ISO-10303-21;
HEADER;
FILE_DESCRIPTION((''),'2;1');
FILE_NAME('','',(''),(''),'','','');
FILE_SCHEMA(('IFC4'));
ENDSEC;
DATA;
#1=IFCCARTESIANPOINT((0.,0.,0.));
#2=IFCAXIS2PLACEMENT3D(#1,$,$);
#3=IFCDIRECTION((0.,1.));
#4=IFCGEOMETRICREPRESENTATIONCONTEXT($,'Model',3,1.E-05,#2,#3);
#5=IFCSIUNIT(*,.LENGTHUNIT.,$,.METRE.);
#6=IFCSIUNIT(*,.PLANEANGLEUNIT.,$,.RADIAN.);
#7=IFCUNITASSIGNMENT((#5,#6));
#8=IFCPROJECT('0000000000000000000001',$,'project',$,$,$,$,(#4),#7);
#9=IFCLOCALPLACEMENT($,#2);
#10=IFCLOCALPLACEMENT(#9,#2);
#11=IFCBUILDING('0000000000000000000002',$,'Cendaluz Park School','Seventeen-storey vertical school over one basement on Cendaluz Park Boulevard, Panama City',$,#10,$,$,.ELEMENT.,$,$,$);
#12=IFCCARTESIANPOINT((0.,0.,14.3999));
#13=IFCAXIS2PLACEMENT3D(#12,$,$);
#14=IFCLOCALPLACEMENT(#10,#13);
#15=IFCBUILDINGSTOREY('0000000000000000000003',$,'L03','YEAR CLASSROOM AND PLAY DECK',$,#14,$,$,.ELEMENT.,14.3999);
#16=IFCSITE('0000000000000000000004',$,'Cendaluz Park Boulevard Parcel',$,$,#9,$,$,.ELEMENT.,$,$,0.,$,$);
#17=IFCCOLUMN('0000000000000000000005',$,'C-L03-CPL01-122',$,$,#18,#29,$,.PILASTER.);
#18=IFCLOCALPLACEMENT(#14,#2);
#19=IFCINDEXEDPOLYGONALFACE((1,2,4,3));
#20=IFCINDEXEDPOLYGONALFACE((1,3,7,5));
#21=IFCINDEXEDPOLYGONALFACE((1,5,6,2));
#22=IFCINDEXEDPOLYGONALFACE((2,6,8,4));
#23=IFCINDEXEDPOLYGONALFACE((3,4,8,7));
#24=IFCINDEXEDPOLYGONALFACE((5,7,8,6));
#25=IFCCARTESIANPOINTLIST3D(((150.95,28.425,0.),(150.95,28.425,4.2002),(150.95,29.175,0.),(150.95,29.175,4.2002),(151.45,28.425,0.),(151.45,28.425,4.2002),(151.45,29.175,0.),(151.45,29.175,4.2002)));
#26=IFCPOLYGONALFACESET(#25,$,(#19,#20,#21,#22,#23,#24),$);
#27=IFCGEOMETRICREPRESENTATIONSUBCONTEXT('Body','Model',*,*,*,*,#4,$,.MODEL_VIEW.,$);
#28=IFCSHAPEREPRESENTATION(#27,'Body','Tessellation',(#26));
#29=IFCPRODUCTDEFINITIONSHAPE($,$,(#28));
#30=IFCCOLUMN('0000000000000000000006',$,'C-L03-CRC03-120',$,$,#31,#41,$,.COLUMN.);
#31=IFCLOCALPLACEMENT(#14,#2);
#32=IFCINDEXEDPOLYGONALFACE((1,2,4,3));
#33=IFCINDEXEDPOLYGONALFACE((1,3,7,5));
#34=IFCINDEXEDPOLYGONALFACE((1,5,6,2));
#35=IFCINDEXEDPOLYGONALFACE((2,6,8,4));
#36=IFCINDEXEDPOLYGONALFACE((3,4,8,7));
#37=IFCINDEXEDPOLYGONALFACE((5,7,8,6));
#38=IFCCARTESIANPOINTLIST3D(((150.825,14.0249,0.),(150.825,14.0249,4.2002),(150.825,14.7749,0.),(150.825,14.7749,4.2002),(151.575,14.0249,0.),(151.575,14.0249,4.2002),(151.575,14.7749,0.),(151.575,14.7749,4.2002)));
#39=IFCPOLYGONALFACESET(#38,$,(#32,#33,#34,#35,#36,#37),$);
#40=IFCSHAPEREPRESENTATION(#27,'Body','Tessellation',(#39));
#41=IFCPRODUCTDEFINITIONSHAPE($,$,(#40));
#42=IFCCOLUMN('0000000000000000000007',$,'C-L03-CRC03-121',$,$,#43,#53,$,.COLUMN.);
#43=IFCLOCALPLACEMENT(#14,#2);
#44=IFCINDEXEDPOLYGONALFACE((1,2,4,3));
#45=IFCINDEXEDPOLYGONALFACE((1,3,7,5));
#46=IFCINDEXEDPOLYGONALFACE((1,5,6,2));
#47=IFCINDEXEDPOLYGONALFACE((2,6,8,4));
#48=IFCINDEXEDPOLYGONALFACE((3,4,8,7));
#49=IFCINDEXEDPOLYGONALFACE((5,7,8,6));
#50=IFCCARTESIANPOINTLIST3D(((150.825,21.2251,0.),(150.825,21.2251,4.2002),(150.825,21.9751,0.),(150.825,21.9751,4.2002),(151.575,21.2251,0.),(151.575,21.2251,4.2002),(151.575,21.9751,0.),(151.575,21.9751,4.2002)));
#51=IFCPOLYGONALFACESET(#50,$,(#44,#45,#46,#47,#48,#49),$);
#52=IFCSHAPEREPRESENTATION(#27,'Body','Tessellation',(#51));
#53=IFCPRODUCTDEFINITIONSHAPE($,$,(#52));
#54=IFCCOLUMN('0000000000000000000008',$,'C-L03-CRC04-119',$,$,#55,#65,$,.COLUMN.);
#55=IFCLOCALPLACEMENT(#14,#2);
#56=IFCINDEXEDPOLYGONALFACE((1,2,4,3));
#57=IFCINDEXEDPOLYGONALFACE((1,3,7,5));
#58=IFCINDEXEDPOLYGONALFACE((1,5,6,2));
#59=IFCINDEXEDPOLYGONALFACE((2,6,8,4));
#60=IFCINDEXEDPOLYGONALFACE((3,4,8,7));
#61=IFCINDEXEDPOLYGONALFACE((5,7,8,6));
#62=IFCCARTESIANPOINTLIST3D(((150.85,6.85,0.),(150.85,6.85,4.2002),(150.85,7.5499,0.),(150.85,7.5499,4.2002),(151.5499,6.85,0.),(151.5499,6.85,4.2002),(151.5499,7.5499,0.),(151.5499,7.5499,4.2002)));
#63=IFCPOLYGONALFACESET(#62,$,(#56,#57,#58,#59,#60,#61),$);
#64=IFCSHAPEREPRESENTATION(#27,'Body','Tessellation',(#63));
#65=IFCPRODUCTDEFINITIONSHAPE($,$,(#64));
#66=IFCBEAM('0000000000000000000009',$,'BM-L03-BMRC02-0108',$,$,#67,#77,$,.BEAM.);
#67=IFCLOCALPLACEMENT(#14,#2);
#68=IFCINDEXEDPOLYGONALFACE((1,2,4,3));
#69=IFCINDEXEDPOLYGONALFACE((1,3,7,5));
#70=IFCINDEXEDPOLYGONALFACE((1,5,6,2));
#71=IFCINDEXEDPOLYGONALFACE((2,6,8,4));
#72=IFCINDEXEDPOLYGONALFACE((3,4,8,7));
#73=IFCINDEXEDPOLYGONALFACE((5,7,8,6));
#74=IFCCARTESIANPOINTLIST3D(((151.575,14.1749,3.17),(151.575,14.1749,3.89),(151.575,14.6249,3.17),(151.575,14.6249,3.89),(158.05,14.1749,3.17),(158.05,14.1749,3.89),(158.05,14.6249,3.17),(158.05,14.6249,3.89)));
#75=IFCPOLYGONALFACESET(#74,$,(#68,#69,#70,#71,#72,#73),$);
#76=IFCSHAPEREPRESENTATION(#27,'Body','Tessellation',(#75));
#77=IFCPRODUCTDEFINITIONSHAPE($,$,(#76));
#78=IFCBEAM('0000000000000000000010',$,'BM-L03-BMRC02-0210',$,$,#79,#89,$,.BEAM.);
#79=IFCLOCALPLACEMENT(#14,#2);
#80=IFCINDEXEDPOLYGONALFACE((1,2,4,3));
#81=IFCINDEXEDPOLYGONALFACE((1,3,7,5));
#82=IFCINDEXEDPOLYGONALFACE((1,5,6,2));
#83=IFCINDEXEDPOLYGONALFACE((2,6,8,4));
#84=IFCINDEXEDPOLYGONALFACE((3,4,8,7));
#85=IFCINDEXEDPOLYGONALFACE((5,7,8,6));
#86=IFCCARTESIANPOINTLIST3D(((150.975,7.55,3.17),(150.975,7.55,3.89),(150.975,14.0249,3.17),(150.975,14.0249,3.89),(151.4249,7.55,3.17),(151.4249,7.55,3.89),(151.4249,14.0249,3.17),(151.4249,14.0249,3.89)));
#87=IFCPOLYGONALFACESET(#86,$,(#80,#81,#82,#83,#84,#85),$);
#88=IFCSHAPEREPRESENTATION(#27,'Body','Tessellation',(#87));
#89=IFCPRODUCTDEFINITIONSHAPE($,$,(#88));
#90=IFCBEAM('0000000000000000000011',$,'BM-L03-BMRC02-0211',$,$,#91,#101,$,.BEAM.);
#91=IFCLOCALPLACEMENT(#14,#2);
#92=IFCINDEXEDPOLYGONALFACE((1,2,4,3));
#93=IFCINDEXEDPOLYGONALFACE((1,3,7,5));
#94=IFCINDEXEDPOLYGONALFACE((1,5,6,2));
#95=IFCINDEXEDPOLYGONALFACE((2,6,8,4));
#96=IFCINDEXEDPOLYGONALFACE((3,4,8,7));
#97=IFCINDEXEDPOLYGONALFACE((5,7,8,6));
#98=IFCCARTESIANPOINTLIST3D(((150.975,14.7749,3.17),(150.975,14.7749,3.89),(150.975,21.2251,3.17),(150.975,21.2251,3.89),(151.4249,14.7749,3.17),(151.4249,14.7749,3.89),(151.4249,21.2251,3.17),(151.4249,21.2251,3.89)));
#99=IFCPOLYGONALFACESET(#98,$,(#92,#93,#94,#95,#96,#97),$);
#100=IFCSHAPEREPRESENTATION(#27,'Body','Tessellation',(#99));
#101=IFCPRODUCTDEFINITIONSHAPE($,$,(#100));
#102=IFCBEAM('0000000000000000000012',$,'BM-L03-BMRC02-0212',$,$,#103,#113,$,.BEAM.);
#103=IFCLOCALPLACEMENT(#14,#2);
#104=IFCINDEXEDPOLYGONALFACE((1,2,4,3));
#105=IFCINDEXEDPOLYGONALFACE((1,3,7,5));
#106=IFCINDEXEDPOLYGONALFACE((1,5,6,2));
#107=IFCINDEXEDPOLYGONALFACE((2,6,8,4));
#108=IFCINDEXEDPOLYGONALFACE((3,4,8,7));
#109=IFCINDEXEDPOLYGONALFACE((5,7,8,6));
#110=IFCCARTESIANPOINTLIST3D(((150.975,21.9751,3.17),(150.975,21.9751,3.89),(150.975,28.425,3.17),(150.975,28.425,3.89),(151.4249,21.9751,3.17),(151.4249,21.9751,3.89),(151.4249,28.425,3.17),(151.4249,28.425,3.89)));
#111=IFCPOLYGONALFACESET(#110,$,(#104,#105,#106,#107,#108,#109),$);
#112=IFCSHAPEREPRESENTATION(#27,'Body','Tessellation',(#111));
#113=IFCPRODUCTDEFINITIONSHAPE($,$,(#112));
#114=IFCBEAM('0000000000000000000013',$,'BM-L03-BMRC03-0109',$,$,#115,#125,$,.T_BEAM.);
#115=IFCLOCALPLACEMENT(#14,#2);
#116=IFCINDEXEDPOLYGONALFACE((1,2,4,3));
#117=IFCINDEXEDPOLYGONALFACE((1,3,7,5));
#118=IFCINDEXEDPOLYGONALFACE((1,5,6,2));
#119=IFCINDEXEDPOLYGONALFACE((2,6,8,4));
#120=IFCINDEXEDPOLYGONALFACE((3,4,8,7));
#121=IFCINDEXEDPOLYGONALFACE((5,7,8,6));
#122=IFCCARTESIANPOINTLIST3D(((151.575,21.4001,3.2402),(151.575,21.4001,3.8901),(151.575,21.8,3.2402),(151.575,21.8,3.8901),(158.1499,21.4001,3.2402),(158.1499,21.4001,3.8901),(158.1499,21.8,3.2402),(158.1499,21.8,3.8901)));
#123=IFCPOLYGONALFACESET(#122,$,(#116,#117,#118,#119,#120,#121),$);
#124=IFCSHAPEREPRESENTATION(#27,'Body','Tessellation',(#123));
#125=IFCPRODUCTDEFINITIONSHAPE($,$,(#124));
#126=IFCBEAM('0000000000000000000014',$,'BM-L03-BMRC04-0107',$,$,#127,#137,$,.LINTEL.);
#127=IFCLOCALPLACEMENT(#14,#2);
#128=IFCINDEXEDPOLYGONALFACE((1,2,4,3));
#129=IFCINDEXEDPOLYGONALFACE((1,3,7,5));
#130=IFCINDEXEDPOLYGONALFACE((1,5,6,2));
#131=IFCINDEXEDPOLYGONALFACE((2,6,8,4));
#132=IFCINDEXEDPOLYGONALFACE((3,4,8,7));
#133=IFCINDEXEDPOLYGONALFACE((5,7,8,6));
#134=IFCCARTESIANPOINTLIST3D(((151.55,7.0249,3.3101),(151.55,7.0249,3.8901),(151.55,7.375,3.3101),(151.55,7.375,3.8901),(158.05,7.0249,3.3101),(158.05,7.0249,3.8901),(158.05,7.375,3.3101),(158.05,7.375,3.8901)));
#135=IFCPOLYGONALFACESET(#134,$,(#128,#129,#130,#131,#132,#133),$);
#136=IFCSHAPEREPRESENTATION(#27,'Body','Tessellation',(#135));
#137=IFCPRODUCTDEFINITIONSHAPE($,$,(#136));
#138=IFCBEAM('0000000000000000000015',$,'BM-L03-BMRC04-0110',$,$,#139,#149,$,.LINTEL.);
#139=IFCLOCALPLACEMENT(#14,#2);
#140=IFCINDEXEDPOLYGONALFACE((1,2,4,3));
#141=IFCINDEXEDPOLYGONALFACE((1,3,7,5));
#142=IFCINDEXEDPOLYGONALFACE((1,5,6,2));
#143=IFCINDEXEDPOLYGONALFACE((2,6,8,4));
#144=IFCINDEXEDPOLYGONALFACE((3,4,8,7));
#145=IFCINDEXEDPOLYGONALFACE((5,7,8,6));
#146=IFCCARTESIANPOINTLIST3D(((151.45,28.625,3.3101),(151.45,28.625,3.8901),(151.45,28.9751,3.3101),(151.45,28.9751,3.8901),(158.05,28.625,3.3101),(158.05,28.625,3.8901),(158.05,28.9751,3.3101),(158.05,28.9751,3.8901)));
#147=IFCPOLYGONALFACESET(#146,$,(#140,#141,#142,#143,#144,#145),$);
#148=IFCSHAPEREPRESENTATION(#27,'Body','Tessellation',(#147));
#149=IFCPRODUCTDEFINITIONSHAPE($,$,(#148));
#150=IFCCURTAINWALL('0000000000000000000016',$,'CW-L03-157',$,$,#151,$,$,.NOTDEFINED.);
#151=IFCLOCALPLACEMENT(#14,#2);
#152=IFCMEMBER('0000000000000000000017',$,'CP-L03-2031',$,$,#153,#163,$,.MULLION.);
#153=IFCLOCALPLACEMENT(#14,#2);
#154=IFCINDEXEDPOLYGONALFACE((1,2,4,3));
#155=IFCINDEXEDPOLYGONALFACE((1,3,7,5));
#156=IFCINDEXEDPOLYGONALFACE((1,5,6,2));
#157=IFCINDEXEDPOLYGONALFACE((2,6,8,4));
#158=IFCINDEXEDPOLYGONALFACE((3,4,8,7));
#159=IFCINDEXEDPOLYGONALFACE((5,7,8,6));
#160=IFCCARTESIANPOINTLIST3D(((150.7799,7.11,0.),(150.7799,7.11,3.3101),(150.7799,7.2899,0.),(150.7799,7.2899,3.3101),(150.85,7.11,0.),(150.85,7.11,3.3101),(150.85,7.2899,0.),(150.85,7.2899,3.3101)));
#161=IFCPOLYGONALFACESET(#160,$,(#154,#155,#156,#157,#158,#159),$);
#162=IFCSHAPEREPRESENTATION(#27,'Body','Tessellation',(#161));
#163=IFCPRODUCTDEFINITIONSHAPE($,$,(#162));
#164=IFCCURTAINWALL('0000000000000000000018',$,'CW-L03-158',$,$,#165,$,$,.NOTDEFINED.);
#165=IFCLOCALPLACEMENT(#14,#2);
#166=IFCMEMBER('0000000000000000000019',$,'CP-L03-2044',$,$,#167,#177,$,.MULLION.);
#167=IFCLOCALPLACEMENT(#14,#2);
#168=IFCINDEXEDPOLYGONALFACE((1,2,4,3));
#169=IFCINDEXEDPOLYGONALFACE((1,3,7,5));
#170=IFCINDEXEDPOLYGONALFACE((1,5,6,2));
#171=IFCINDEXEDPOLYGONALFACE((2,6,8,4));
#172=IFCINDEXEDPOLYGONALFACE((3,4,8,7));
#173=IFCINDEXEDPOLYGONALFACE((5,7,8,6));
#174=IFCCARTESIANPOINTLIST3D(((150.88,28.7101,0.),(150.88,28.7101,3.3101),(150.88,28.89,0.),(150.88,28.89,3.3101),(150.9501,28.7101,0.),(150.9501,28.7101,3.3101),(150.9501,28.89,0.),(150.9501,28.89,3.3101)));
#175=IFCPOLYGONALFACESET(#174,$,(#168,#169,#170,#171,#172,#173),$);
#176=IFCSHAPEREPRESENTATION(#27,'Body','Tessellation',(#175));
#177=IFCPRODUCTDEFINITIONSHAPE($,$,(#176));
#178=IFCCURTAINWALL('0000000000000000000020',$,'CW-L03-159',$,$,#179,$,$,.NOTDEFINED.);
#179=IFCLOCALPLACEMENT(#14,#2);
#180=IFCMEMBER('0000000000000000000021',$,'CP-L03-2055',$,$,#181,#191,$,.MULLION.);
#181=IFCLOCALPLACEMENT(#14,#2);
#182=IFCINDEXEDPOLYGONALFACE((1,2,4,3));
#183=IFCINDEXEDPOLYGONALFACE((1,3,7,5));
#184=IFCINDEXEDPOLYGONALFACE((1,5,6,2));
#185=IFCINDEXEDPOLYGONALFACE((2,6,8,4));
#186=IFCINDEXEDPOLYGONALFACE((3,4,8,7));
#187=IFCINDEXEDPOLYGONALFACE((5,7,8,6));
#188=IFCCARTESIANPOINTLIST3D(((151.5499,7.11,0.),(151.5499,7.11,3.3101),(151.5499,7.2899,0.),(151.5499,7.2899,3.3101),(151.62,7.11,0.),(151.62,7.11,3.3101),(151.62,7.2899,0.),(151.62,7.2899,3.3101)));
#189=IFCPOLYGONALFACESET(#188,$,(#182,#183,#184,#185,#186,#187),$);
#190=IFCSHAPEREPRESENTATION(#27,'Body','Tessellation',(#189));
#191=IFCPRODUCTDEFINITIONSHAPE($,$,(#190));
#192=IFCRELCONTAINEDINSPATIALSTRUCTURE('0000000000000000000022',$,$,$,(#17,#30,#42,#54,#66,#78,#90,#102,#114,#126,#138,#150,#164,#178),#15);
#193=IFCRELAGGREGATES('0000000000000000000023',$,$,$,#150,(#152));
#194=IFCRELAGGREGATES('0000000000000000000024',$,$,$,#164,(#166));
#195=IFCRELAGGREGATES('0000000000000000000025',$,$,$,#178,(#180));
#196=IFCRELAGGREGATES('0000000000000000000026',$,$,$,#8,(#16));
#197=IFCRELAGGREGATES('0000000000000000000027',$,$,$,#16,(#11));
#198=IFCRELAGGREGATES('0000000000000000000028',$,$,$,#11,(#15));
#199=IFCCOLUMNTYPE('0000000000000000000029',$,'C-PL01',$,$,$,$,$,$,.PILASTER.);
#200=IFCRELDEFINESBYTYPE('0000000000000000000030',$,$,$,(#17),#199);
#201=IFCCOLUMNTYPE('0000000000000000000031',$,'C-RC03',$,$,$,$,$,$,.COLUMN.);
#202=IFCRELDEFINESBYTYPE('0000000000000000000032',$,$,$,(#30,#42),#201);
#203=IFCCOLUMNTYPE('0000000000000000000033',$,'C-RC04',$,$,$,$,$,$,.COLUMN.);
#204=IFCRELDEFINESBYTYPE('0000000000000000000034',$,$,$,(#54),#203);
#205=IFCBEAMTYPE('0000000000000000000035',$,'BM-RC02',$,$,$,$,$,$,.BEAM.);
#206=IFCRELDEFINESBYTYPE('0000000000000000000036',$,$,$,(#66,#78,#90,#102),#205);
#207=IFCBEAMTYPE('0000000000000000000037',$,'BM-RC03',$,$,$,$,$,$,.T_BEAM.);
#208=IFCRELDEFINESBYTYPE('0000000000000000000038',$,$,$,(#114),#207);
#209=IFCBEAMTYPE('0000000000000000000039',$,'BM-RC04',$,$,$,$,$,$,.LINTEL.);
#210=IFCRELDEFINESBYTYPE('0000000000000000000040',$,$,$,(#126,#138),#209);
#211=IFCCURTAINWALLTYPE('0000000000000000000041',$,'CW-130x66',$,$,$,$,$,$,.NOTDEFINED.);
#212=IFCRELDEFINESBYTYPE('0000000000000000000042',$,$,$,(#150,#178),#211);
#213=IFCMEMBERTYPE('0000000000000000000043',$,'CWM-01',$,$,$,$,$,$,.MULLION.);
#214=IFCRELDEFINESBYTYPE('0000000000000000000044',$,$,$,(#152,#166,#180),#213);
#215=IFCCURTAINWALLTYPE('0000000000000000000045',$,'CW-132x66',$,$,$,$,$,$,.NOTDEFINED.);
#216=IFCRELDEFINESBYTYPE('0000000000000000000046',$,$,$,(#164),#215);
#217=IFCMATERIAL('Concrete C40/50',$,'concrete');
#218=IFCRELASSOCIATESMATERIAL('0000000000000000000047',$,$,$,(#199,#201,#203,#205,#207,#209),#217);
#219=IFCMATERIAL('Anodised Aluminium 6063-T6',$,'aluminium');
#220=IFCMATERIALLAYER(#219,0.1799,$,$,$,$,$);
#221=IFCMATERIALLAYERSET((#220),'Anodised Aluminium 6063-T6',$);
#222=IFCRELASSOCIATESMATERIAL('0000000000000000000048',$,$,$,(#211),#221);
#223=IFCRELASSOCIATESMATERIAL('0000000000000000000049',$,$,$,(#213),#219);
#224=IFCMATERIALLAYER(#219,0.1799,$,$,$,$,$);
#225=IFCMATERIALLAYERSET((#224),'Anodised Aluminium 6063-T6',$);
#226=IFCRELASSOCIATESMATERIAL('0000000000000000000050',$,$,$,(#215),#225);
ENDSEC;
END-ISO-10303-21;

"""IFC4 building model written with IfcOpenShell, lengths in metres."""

from ifc_helpers import new_model, si_unit, direction, frame, origin, origin_2d, place, context, subcontext, project, spatial, rectangle, extrude, material, layer, layer_set, material_profile, profile_set, type_object, element, aggregate, save


model = new_model("IFC4")

# Units and contexts
model_context = context("Model", 3, precision=1e-05, world=origin(), true_north=direction((0.0, 1.0)))
body_context = subcontext(model_context, "Body", "Model", "MODEL_VIEW")
ifc_project = project(units=[si_unit("LENGTHUNIT", "METRE"), si_unit("PLANEANGLEUNIT", "RADIAN")], contexts=[model_context])

# Site, building, storey
site_placement = place(None, origin())
site = spatial("IfcSite", under=ifc_project, at=site_placement, Name="Cendaluz Park Boulevard Parcel", CompositionType="ELEMENT", RefElevation=0.0)
building_placement = place(site_placement, origin())
building = spatial("IfcBuilding", under=site, at=building_placement, Name="Cendaluz Park School", Description="Seventeen-storey vertical school over one basement on Cendaluz Park Boulevard, Panama City", CompositionType="ELEMENT")
storey_placement = place(building_placement, frame((0.0, 0.0, 14.3999)))
storey = spatial("IfcBuildingStorey", under=building, at=storey_placement, Name="L03", Description="YEAR CLASSROOM AND PLAY DECK", CompositionType="ELEMENT", Elevation=14.3999)

# Columns
ifc_material_1 = material(Name="Concrete C40/50", Category="concrete")
ifc_material_profile_1 = material_profile(ifc_material_1, rectangle(XDim=0.5, YDim=0.75, at=origin_2d()), Name="RC 500x750", Category="concrete")
ifc_profile_set_1 = profile_set([ifc_material_profile_1], Name="Concrete C40/50")
column_type_1 = type_object("IfcColumnType", Name="C-PL01", PredefinedType="PILASTER", material=ifc_profile_set_1)
column_1_placement = place(storey_placement, frame((151.2, 28.8, 0.0), z_axis=(0.0, 0.0, 1.0), x_axis=(1.0, 0.0, 0.0)))
element("IfcColumn", 1, at=column_1_placement, inside=storey, type_object=column_type_1, Name="C-L03-CPL01-122", PredefinedType="PILASTER", context=body_context, shape_type="SweptSolid", body=[
    extrude(rectangle(XDim=0.5, YDim=0.75, at=origin_2d()), origin(), (0.0, 0.0, 1.0), 4.2002),
])
ifc_material_profile_2 = material_profile(ifc_material_1, rectangle(XDim=0.75, YDim=0.75, at=origin_2d()), Name="RC 750x750", Category="concrete")
ifc_profile_set_2 = profile_set([ifc_material_profile_2], Name="Concrete C40/50")
column_type_2 = type_object("IfcColumnType", Name="C-RC03", PredefinedType="COLUMN", material=ifc_profile_set_2)
for number, where, z_axis, x_axis, name in (
    (2, (151.2, 14.3999, 0.0), (0.0, 0.0, 1.0), (1.0, 0.0, 0.0), "C-L03-CRC03-120"),
    (3, (151.2, 21.6001, 0.0), (0.0, 0.0, 1.0), (1.0, 0.0, 0.0), "C-L03-CRC03-121"),
):
    element("IfcColumn", number, at=place(storey_placement, frame(where, z_axis=z_axis, x_axis=x_axis)), inside=storey, type_object=column_type_2, Name=name, PredefinedType="COLUMN", context=body_context, shape_type="SweptSolid", body=[
        extrude(rectangle(XDim=0.75, YDim=0.75, at=origin_2d()), origin(), (0.0, 0.0, 1.0), 4.2002),
    ])
ifc_material_profile_3 = material_profile(ifc_material_1, rectangle(XDim=0.7, YDim=0.7, at=origin_2d()), Name="RC 700x700", Category="concrete")
ifc_profile_set_3 = profile_set([ifc_material_profile_3], Name="Concrete C40/50")
column_type_3 = type_object("IfcColumnType", Name="C-RC04", PredefinedType="COLUMN", material=ifc_profile_set_3)
column_2_placement = place(storey_placement, frame((151.2, 7.2, 0.0), z_axis=(0.0, 0.0, 1.0), x_axis=(1.0, 0.0, 0.0)))
element("IfcColumn", 4, at=column_2_placement, inside=storey, type_object=column_type_3, Name="C-L03-CRC04-119", PredefinedType="COLUMN", context=body_context, shape_type="SweptSolid", body=[
    extrude(rectangle(XDim=0.7, YDim=0.7, at=origin_2d()), origin(), (0.0, 0.0, 1.0), 4.2002),
])

# Beams
ifc_material_profile_4 = material_profile(ifc_material_1, rectangle(XDim=0.45, YDim=0.72, at=origin_2d()), Name="RC 450x720", Category="concrete")
ifc_profile_set_4 = profile_set([ifc_material_profile_4], Name="Concrete C40/50")
beam_type_1 = type_object("IfcBeamType", Name="BM-RC02", PredefinedType="BEAM", material=ifc_profile_set_4)
beam_1_placement = place(storey_placement, frame((151.575, 14.3999, 3.53), z_axis=(1.0, 0.0, 0.0), x_axis=(0.0, 1.0, 0.0)))
element("IfcBeam", 5, at=beam_1_placement, inside=storey, type_object=beam_type_1, Name="BM-L03-BMRC02-0108", PredefinedType="BEAM", context=body_context, shape_type="SweptSolid", body=[
    extrude(rectangle(XDim=0.45, YDim=0.72, at=origin_2d()), origin(), (0.0, 0.0, 1.0), 6.4751),
])
beam_2_placement = place(storey_placement, frame((151.2, 7.55, 3.53), z_axis=(0.0, 1.0, 0.0), x_axis=(-1.0, 0.0, 0.0)))
element("IfcBeam", 6, at=beam_2_placement, inside=storey, type_object=beam_type_1, Name="BM-L03-BMRC02-0210", PredefinedType="BEAM", context=body_context, shape_type="SweptSolid", body=[
    extrude(rectangle(XDim=0.45, YDim=0.72, at=origin_2d()), origin(), (0.0, 0.0, 1.0), 6.4749),
])
beam_3_placement = place(storey_placement, frame((151.2, 14.7749, 3.53), z_axis=(0.0, 1.0, 0.0), x_axis=(-1.0, 0.0, 0.0)))
element("IfcBeam", 7, at=beam_3_placement, inside=storey, type_object=beam_type_1, Name="BM-L03-BMRC02-0211", PredefinedType="BEAM", context=body_context, shape_type="SweptSolid", body=[
    extrude(rectangle(XDim=0.45, YDim=0.72, at=origin_2d()), origin(), (0.0, 0.0, 1.0), 6.4502),
])
beam_4_placement = place(storey_placement, frame((151.2, 21.9751, 3.53), z_axis=(0.0, 1.0, 0.0), x_axis=(-1.0, 0.0, 0.0)))
element("IfcBeam", 8, at=beam_4_placement, inside=storey, type_object=beam_type_1, Name="BM-L03-BMRC02-0212", PredefinedType="BEAM", context=body_context, shape_type="SweptSolid", body=[
    extrude(rectangle(XDim=0.45, YDim=0.72, at=origin_2d()), origin(), (0.0, 0.0, 1.0), 6.45),
])
ifc_material_profile_5 = material_profile(ifc_material_1, rectangle(XDim=0.3999, YDim=0.6499, at=origin_2d()), Name="RC 400x650", Category="concrete")
ifc_profile_set_5 = profile_set([ifc_material_profile_5], Name="Concrete C40/50")
beam_type_2 = type_object("IfcBeamType", Name="BM-RC03", PredefinedType="T_BEAM", material=ifc_profile_set_5)
beam_5_placement = place(storey_placement, frame((151.575, 21.6001, 3.5652), z_axis=(1.0, 0.0, 0.0), x_axis=(0.0, 1.0, 0.0)))
element("IfcBeam", 9, at=beam_5_placement, inside=storey, type_object=beam_type_2, Name="BM-L03-BMRC03-0109", PredefinedType="T_BEAM", context=body_context, shape_type="SweptSolid", body=[
    extrude(rectangle(XDim=0.3999, YDim=0.6499, at=origin_2d()), origin(), (0.0, 0.0, 1.0), 6.575),
])
ifc_material_profile_6 = material_profile(ifc_material_1, rectangle(XDim=0.3501, YDim=0.5801, at=origin_2d()), Name="RC 350x580", Category="concrete")
ifc_profile_set_6 = profile_set([ifc_material_profile_6], Name="Concrete C40/50")
beam_type_3 = type_object("IfcBeamType", Name="BM-RC04", PredefinedType="LINTEL", material=ifc_profile_set_6)
beam_6_placement = place(storey_placement, frame((151.55, 7.2, 3.6001), z_axis=(1.0, 0.0, 0.0), x_axis=(0.0, 1.0, 0.0)))
element("IfcBeam", 10, at=beam_6_placement, inside=storey, type_object=beam_type_3, Name="BM-L03-BMRC04-0107", PredefinedType="LINTEL", context=body_context, shape_type="SweptSolid", body=[
    extrude(rectangle(XDim=0.3501, YDim=0.5801, at=origin_2d()), origin(), (0.0, 0.0, 1.0), 6.5),
])
beam_7_placement = place(storey_placement, frame((151.45, 28.8, 3.6001), z_axis=(1.0, 0.0, 0.0), x_axis=(0.0, 1.0, 0.0)))
element("IfcBeam", 11, at=beam_7_placement, inside=storey, type_object=beam_type_3, Name="BM-L03-BMRC04-0110", PredefinedType="LINTEL", context=body_context, shape_type="SweptSolid", body=[
    extrude(rectangle(XDim=0.3501, YDim=0.5801, at=origin_2d()), origin(), (0.0, 0.0, 1.0), 6.6001),
])

# Curtain walls, members
ifc_material_2 = material(Name="Anodised Aluminium 6063-T6", Category="aluminium")
ifc_layer_1 = layer(ifc_material_2, 0.1799)
ifc_layer_set_1 = layer_set([ifc_layer_1], Name="Anodised Aluminium 6063-T6")
curtain_wall_type_1 = type_object("IfcCurtainWallType", Name="CW-130x66", PredefinedType="NOTDEFINED", material=ifc_layer_set_1)
curtain_wall_1_placement = place(storey_placement, origin())
curtain_wall_1 = element("IfcCurtainWall", 12, at=curtain_wall_1_placement, inside=storey, type_object=curtain_wall_type_1, Name="CW-L03-157", PredefinedType="NOTDEFINED")
ifc_material_profile_7 = material_profile(ifc_material_2, rectangle(XDim=0.1799, YDim=0.0701, at=origin_2d()), Name="CWM 180x70", Category="aluminium")
ifc_profile_set_7 = profile_set([ifc_material_profile_7], Name="Anodised Aluminium 6063-T6")
member_type_1 = type_object("IfcMemberType", Name="CWM-01", PredefinedType="MULLION", material=ifc_profile_set_7)
member_1_placement = place(storey_placement, frame((150.8149, 7.2, 0.0), z_axis=(0.0, 0.0, 1.0), x_axis=(0.0, 1.0, 0.0)))
member_1 = element("IfcMember", 13, at=member_1_placement, type_object=member_type_1, Name="CP-L03-2031", PredefinedType="MULLION", context=body_context, shape_type="SweptSolid", body=[
    extrude(rectangle(XDim=0.1799, YDim=0.0701, at=origin_2d()), origin(), (0.0, 0.0, 1.0), 3.3101),
])
aggregate(curtain_wall_1, [member_1])
ifc_layer_2 = layer(ifc_material_2, 0.1799)
ifc_layer_set_2 = layer_set([ifc_layer_2], Name="Anodised Aluminium 6063-T6")
curtain_wall_type_2 = type_object("IfcCurtainWallType", Name="CW-132x66", PredefinedType="NOTDEFINED", material=ifc_layer_set_2)
curtain_wall_2_placement = place(storey_placement, origin())
curtain_wall_2 = element("IfcCurtainWall", 14, at=curtain_wall_2_placement, inside=storey, type_object=curtain_wall_type_2, Name="CW-L03-158", PredefinedType="NOTDEFINED")
member_2_placement = place(storey_placement, frame((150.915, 28.8, 0.0), z_axis=(0.0, 0.0, 1.0), x_axis=(0.0, 1.0, 0.0)))
member_2 = element("IfcMember", 15, at=member_2_placement, type_object=member_type_1, Name="CP-L03-2044", PredefinedType="MULLION", context=body_context, shape_type="SweptSolid", body=[
    extrude(rectangle(XDim=0.1799, YDim=0.0701, at=origin_2d()), origin(), (0.0, 0.0, 1.0), 3.3101),
])
aggregate(curtain_wall_2, [member_2])
curtain_wall_3_placement = place(storey_placement, origin())
curtain_wall_3 = element("IfcCurtainWall", 16, at=curtain_wall_3_placement, inside=storey, type_object=curtain_wall_type_1, Name="CW-L03-159", PredefinedType="NOTDEFINED")
member_3_placement = place(storey_placement, frame((151.585, 7.2, 0.0), z_axis=(0.0, 0.0, 1.0), x_axis=(0.0, 1.0, 0.0)))
member_3 = element("IfcMember", 17, at=member_3_placement, type_object=member_type_1, Name="CP-L03-2055", PredefinedType="MULLION", context=body_context, shape_type="SweptSolid", body=[
    extrude(rectangle(XDim=0.1799, YDim=0.0701, at=origin_2d()), origin(), (0.0, 0.0, 1.0), 3.3101),
])

aggregate(curtain_wall_3, [member_3])

save(model, "model.ifc")
